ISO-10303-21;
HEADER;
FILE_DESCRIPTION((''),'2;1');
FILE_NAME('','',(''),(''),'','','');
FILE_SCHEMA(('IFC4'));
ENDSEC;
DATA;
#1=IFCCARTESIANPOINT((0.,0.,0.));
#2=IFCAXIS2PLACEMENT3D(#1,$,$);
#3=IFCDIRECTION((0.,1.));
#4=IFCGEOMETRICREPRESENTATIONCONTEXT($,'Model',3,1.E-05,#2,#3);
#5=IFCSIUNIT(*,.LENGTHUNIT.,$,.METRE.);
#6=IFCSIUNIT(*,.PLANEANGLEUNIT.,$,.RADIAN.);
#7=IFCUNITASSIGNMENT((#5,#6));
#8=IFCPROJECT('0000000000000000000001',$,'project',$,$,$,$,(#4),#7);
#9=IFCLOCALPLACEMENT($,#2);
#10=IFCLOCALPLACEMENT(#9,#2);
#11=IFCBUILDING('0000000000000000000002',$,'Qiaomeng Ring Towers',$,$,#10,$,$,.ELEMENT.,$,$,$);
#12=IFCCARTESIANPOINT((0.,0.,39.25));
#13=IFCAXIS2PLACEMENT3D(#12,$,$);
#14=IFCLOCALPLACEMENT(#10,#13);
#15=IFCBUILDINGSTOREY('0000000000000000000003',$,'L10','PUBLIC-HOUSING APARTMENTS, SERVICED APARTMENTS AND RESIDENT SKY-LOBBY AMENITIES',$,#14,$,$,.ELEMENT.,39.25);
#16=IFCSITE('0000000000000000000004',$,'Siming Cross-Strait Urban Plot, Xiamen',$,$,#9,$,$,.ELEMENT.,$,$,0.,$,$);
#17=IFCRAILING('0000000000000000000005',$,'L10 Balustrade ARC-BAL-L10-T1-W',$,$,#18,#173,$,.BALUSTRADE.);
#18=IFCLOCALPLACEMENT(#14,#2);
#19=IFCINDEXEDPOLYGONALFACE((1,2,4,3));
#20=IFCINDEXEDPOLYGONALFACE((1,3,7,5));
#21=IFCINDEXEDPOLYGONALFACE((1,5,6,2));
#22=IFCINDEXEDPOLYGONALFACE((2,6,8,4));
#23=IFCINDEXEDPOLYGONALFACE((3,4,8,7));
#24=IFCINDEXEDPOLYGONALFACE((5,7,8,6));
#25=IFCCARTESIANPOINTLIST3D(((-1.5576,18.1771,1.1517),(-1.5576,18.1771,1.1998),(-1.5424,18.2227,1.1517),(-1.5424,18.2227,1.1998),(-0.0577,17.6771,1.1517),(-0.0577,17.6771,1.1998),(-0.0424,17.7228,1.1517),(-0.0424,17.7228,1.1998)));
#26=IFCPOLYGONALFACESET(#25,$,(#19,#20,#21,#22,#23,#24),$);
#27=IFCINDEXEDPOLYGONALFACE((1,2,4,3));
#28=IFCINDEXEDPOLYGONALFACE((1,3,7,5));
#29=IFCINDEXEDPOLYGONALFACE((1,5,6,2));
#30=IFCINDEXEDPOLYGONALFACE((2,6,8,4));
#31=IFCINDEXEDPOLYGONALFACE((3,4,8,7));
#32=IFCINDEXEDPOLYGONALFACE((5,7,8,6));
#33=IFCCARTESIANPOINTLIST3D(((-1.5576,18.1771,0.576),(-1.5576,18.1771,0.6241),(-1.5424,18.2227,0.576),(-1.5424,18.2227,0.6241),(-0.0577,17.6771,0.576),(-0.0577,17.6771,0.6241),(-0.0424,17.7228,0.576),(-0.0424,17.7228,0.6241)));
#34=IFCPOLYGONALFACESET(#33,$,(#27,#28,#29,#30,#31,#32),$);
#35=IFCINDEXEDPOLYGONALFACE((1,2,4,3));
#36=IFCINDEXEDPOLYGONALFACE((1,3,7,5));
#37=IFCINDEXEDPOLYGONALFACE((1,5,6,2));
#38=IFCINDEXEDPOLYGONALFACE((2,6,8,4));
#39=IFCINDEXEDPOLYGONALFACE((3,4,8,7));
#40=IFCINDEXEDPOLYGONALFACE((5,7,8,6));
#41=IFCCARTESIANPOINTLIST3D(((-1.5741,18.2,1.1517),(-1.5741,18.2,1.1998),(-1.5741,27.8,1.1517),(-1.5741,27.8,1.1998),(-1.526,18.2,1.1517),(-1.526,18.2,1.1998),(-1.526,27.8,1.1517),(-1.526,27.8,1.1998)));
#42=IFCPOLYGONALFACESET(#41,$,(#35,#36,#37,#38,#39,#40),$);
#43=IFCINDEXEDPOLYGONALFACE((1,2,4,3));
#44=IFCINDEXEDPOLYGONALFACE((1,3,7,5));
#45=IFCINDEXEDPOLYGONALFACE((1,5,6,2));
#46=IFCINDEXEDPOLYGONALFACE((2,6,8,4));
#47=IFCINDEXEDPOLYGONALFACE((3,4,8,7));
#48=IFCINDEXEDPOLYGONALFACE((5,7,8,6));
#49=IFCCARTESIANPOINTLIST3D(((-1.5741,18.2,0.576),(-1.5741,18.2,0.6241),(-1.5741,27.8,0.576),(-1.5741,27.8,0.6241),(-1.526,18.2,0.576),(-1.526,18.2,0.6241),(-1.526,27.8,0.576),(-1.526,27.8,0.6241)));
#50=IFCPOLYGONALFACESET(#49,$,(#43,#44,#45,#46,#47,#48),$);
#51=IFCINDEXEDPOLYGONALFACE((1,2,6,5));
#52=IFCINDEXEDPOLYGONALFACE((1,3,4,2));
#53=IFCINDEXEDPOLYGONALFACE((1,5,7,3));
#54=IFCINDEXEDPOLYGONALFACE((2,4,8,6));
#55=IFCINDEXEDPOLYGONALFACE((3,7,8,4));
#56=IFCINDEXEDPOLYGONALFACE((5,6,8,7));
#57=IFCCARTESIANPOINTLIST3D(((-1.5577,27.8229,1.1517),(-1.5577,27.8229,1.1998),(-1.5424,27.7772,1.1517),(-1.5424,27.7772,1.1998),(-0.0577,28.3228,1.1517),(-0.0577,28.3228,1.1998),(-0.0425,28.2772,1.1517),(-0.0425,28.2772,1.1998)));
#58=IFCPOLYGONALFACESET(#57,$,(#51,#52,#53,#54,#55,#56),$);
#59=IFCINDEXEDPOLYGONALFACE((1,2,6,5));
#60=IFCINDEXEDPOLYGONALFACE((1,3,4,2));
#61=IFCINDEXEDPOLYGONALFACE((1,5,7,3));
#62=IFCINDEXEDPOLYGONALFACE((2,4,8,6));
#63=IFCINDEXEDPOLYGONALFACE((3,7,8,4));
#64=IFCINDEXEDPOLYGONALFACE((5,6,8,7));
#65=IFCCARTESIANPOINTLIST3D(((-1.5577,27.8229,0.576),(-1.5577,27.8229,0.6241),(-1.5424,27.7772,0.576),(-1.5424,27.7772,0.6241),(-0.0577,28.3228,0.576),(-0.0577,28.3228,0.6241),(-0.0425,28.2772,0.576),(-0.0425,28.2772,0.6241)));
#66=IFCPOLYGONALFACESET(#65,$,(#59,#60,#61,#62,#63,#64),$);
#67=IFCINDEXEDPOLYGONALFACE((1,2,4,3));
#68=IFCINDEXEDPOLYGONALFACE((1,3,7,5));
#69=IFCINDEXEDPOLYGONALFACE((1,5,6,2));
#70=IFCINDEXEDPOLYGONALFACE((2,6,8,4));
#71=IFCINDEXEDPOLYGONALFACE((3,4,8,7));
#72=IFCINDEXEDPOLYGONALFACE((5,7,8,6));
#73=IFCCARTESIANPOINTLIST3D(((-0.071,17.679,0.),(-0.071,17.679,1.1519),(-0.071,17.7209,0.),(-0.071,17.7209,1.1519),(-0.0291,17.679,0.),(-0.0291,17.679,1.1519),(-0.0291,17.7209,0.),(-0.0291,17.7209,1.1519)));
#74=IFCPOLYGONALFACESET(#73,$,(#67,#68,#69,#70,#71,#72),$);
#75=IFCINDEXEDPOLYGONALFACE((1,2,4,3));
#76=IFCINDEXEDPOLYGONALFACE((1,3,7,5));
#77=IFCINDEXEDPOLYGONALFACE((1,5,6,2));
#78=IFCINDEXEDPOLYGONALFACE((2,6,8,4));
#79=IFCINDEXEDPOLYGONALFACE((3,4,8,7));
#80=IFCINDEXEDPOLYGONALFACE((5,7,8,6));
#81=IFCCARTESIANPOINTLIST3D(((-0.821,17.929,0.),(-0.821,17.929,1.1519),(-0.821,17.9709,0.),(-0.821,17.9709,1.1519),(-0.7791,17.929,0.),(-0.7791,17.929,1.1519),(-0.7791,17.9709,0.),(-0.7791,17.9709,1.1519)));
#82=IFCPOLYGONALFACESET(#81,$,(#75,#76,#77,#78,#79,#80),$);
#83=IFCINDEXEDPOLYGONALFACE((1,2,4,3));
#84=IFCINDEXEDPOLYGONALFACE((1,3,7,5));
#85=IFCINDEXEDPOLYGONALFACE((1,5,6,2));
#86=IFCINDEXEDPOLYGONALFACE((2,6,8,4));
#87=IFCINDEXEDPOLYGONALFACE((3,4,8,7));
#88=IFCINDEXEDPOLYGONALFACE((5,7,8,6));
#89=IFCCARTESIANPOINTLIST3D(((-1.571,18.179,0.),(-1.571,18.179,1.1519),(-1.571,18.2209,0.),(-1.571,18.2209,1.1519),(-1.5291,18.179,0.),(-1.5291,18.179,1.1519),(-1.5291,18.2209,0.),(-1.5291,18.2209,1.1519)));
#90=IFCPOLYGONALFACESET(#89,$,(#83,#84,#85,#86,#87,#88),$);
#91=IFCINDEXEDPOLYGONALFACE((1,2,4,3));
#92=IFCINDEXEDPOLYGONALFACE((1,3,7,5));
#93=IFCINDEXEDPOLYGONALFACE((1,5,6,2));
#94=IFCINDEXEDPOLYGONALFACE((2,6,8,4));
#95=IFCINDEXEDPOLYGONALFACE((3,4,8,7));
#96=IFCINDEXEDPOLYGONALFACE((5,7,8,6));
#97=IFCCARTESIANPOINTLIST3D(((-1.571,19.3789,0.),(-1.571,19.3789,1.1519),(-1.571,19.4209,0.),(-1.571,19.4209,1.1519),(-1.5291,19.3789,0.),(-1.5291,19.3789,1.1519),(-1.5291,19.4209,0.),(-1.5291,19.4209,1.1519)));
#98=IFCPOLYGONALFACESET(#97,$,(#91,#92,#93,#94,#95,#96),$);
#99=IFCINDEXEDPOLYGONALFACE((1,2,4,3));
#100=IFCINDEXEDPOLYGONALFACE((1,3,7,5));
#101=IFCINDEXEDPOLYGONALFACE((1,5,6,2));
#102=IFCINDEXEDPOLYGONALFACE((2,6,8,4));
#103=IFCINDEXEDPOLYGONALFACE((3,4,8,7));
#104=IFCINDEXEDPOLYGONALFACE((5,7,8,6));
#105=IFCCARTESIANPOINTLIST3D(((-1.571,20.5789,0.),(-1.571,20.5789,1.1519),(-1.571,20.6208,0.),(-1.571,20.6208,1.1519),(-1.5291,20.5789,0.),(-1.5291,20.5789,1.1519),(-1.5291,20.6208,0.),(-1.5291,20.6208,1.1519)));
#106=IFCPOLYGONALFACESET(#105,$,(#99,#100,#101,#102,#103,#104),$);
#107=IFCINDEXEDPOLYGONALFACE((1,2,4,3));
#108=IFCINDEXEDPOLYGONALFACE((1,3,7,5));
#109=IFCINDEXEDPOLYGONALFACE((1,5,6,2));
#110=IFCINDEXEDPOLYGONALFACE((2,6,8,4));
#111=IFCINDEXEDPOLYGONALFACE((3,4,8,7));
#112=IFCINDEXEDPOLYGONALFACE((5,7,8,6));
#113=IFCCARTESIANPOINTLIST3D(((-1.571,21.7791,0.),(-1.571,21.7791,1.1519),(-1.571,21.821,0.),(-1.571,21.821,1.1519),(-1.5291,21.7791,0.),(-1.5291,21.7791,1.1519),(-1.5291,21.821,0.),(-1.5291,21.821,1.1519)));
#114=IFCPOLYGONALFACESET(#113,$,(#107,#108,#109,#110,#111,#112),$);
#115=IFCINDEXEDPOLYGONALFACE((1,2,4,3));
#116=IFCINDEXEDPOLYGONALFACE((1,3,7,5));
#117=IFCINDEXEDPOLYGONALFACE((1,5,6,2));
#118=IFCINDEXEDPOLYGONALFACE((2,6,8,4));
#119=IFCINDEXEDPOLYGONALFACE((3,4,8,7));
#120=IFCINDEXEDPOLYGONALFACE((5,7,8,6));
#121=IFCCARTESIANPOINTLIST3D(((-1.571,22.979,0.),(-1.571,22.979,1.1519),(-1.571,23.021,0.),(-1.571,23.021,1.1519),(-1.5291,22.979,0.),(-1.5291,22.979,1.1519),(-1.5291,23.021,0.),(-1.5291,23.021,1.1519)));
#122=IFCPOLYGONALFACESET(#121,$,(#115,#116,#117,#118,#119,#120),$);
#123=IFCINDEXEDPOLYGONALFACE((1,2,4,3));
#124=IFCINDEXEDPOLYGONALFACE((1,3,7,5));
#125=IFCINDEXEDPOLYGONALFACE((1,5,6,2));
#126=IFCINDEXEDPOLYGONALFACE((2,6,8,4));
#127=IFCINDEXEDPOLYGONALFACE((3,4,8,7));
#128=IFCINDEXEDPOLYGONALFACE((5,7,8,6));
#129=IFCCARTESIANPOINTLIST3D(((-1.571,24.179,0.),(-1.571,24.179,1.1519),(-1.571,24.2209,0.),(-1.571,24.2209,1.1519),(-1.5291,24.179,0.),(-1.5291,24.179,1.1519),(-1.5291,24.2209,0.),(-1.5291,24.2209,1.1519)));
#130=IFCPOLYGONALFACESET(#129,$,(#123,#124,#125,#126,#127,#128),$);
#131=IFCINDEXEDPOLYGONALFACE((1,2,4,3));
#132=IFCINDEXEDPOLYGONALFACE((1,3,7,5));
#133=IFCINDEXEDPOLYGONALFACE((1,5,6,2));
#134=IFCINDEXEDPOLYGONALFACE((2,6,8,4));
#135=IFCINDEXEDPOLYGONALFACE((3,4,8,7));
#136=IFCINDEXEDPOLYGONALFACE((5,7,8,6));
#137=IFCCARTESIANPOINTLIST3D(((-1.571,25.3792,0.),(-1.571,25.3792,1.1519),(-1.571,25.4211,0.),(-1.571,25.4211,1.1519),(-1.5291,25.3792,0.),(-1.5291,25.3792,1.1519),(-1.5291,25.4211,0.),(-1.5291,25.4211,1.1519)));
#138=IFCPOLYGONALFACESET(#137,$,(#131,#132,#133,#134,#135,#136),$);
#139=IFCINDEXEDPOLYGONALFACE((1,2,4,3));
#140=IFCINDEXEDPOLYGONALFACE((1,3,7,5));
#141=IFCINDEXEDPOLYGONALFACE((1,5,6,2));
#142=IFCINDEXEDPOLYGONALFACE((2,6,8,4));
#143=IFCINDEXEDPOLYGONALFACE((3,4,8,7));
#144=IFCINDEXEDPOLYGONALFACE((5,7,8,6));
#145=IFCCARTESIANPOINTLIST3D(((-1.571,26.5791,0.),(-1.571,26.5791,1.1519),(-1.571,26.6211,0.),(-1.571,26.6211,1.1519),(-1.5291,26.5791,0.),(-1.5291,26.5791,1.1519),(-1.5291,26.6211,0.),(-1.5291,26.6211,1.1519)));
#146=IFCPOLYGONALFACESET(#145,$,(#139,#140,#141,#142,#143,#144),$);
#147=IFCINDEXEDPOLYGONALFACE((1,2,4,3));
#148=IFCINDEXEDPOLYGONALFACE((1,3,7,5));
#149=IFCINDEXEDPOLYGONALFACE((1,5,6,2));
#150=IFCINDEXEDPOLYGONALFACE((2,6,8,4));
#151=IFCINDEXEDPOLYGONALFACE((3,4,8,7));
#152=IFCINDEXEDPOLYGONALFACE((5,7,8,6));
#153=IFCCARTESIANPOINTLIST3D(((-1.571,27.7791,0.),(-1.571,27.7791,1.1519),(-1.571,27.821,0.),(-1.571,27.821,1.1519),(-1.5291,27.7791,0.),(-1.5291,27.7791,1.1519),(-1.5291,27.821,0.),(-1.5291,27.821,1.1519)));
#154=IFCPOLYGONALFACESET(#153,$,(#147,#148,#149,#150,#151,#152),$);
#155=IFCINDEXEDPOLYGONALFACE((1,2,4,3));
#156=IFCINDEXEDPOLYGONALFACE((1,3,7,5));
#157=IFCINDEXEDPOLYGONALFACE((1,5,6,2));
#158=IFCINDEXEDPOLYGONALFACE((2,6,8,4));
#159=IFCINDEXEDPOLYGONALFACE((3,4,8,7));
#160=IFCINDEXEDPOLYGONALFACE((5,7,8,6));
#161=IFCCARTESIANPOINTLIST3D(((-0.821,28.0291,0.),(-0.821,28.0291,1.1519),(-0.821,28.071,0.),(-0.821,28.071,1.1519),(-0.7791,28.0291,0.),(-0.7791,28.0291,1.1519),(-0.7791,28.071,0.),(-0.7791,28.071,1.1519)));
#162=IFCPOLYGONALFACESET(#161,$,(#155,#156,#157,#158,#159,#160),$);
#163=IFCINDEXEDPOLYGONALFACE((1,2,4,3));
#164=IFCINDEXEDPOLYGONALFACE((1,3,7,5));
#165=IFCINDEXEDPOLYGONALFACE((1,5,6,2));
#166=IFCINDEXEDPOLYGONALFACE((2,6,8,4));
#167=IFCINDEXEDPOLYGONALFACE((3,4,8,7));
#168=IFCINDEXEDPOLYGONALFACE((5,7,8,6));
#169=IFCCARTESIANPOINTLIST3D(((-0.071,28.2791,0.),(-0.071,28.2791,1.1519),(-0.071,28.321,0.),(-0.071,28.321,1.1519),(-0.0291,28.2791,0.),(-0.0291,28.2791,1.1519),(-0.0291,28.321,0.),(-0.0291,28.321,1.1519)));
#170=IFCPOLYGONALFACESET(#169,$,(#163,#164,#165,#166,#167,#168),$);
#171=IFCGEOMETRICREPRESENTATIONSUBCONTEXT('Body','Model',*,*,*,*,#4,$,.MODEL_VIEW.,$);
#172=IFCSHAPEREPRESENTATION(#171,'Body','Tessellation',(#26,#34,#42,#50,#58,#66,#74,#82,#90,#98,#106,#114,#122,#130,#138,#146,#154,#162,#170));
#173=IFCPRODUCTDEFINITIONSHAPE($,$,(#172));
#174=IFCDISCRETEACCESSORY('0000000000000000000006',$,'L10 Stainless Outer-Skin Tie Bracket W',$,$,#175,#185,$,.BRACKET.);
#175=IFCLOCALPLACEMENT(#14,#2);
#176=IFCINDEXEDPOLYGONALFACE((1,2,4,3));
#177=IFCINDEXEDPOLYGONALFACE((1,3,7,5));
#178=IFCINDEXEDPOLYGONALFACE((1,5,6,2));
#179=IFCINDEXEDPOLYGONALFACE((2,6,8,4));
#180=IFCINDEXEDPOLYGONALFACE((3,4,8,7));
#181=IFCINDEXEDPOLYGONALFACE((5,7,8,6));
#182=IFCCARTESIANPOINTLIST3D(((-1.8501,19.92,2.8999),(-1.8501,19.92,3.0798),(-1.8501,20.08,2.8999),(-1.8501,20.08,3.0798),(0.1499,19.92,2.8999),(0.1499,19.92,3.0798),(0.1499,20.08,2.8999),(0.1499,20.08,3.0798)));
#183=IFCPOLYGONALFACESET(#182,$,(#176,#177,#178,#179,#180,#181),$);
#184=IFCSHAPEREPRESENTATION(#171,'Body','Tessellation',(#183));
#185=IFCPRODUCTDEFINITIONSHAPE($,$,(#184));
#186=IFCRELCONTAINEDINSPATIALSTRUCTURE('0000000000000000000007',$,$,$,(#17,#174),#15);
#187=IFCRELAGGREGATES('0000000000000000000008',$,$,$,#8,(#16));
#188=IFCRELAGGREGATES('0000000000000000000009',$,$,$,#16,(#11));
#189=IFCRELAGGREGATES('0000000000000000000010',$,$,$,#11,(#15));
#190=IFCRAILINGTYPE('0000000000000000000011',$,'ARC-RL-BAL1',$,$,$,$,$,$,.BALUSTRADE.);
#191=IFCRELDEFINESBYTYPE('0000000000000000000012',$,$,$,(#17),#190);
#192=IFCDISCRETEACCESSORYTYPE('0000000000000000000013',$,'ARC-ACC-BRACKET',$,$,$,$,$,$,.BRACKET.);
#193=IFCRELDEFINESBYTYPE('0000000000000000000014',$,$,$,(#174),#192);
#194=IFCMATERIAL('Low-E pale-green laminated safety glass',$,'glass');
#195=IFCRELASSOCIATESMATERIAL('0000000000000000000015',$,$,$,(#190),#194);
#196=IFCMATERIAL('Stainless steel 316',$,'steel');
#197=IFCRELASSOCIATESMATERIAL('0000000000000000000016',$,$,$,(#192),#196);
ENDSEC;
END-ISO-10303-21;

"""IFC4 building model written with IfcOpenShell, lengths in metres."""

from ifc_helpers import new_model, si_unit, direction, frame, origin, origin_2d, place, context, subcontext, project, spatial, rectangle, extrude, source, transform, mapped, material, type_object, element, save


model = new_model("IFC4")

# Units and contexts
model_context = context("Model", 3, precision=1e-05, world=origin(), true_north=direction((0.0, 1.0)))
body_context = subcontext(model_context, "Body", "Model", "MODEL_VIEW")
ifc_project = project(units=[si_unit("LENGTHUNIT", "METRE"), si_unit("PLANEANGLEUNIT", "RADIAN")], contexts=[model_context])

# Site, building, storey
site_placement = place(None, origin())
site = spatial("IfcSite", under=ifc_project, at=site_placement, Name="Siming Cross-Strait Urban Plot, Xiamen", CompositionType="ELEMENT", RefElevation=0.0)
building_placement = place(site_placement, origin())
building = spatial("IfcBuilding", under=site, at=building_placement, Name="Qiaomeng Ring Towers", CompositionType="ELEMENT")
storey_placement = place(building_placement, frame((0.0, 0.0, 39.25)))
storey = spatial("IfcBuildingStorey", under=building, at=storey_placement, Name="L10", Description="PUBLIC-HOUSING APARTMENTS, SERVICED APARTMENTS AND RESIDENT SKY-LOBBY AMENITIES", CompositionType="ELEMENT", Elevation=39.25)

# Shared definitions
ifc_material_1 = material(Name="Stainless steel 316", Category="steel")

# Railing
ifc_material_2 = material(Name="Low-E pale-green laminated safety glass", Category="glass")
railing_type = type_object("IfcRailingType", Name="ARC-RL-BAL1", PredefinedType="BALUSTRADE", material=ifc_material_2)
railing_1_placement = place(storey_placement, frame((-0.05, 17.7, 0.0)))
element("IfcRailing", 1, at=railing_1_placement, inside=storey, type_object=railing_type, Name="L10 Balustrade ARC-BAL-L10-T1-W", PredefinedType="BALUSTRADE", context=body_context, shape_type="SweptSolid", body=[
    extrude(rectangle(XDim=0.0481, YDim=0.0481, at=origin_2d()), frame((0.0, 0.0, 1.1758), z_axis=(-0.948683, 0.316228, 0.0), x_axis=(-0.316228, -0.948683, 0.0)), (0.0, 0.0, 1.0), 1.5811),
    extrude(rectangle(XDim=0.0481, YDim=0.0481, at=origin_2d()), frame((0.0, 0.0, 0.6001), z_axis=(-0.948683, 0.316228, 0.0), x_axis=(-0.316228, -0.948683, 0.0)), (0.0, 0.0, 1.0), 1.5811),
    extrude(rectangle(XDim=0.0481, YDim=0.0481, at=origin_2d()), frame((-1.5, 0.5, 1.1758), z_axis=(0.0, 1.0, 0.0), x_axis=(-1.0, 0.0, 0.0)), (0.0, 0.0, 1.0), 9.6001),
    extrude(rectangle(XDim=0.0481, YDim=0.0481, at=origin_2d()), frame((-1.5, 0.5, 0.6001), z_axis=(0.0, 1.0, 0.0), x_axis=(-1.0, 0.0, 0.0)), (0.0, 0.0, 1.0), 9.6001),
    extrude(rectangle(XDim=0.0481, YDim=0.0481, at=origin_2d()), frame((-1.5, 10.1001, 1.1758), z_axis=(0.948683, 0.316228, 0.0), x_axis=(-0.316228, 0.948683, 0.0)), (0.0, 0.0, 1.0), 1.5811),
    extrude(rectangle(XDim=0.0481, YDim=0.0481, at=origin_2d()), frame((-1.5, 10.1001, 0.6001), z_axis=(0.948683, 0.316228, 0.0), x_axis=(-0.316228, 0.948683, 0.0)), (0.0, 0.0, 1.0), 1.5811),
    extrude(rectangle(XDim=0.042, YDim=0.042, at=origin_2d()), origin(), (0.0, 0.0, 1.0), 1.1519),
    extrude(rectangle(XDim=0.042, YDim=0.042, at=origin_2d()), frame((-0.75, 0.25, 0.0)), (0.0, 0.0, 1.0), 1.1519),
    extrude(rectangle(XDim=0.042, YDim=0.042, at=origin_2d()), frame((-1.5, 0.5, 0.0)), (0.0, 0.0, 1.0), 1.1519),
    extrude(rectangle(XDim=0.042, YDim=0.042, at=origin_2d()), frame((-1.5, 1.7, 0.0)), (0.0, 0.0, 1.0), 1.1519),
    extrude(rectangle(XDim=0.042, YDim=0.042, at=origin_2d()), frame((-1.5, 2.8999, 0.0)), (0.0, 0.0, 1.0), 1.1519),
    extrude(rectangle(XDim=0.042, YDim=0.042, at=origin_2d()), frame((-1.5, 4.1001, 0.0)), (0.0, 0.0, 1.0), 1.1519),
    extrude(rectangle(XDim=0.042, YDim=0.042, at=origin_2d()), frame((-1.5, 5.3, 0.0)), (0.0, 0.0, 1.0), 1.1519),
    extrude(rectangle(XDim=0.042, YDim=0.042, at=origin_2d()), frame((-1.5, 6.5, 0.0)), (0.0, 0.0, 1.0), 1.1519),
    extrude(rectangle(XDim=0.042, YDim=0.042, at=origin_2d()), frame((-1.5, 7.7002, 0.0)), (0.0, 0.0, 1.0), 1.1519),
    extrude(rectangle(XDim=0.042, YDim=0.042, at=origin_2d()), frame((-1.5, 8.9001, 0.0)), (0.0, 0.0, 1.0), 1.1519),
    extrude(rectangle(XDim=0.042, YDim=0.042, at=origin_2d()), frame((-1.5, 10.1001, 0.0)), (0.0, 0.0, 1.0), 1.1519),
    extrude(rectangle(XDim=0.042, YDim=0.042, at=origin_2d()), frame((-0.75, 10.3501, 0.0)), (0.0, 0.0, 1.0), 1.1519),
    extrude(rectangle(XDim=0.042, YDim=0.042, at=origin_2d()), frame((0.0, 10.6001, 0.0)), (0.0, 0.0, 1.0), 1.1519),
])

# Discrete accessory
discrete_accessory_type = type_object("IfcDiscreteAccessoryType", Name="ARC-ACC-BRACKET", PredefinedType="BRACKET", material=ifc_material_1)
shared_shape_1 = source(origin(), body_context, "Body", "SweptSolid", [
    extrude(rectangle(XDim=2.0, YDim=0.1599, at=origin_2d()), origin(), (0.0, 0.0, 1.0), 0.1799),
])
discrete_accessory_placement = place(storey_placement, frame((-0.8501, 20.0, 2.8999), z_axis=(0.0, 0.0, 1.0), x_axis=(1.0, 0.0, 0.0)))
element("IfcDiscreteAccessory", 2, at=discrete_accessory_placement, inside=storey, type_object=discrete_accessory_type, Name="L10 Stainless Outer-Skin Tie Bracket W", PredefinedType="BRACKET", context=body_context, shape_type="MappedRepresentation", body=[
    mapped(shared_shape_1, transform((0.0, 0.0, 0.0), x_axis=(1.0, 0.0, 0.0), y_axis=(0.0, 1.0, 0.0), z_axis=(0.0, 0.0, 1.0), scale=1.0)),
])

save(model, "model.ifc")
